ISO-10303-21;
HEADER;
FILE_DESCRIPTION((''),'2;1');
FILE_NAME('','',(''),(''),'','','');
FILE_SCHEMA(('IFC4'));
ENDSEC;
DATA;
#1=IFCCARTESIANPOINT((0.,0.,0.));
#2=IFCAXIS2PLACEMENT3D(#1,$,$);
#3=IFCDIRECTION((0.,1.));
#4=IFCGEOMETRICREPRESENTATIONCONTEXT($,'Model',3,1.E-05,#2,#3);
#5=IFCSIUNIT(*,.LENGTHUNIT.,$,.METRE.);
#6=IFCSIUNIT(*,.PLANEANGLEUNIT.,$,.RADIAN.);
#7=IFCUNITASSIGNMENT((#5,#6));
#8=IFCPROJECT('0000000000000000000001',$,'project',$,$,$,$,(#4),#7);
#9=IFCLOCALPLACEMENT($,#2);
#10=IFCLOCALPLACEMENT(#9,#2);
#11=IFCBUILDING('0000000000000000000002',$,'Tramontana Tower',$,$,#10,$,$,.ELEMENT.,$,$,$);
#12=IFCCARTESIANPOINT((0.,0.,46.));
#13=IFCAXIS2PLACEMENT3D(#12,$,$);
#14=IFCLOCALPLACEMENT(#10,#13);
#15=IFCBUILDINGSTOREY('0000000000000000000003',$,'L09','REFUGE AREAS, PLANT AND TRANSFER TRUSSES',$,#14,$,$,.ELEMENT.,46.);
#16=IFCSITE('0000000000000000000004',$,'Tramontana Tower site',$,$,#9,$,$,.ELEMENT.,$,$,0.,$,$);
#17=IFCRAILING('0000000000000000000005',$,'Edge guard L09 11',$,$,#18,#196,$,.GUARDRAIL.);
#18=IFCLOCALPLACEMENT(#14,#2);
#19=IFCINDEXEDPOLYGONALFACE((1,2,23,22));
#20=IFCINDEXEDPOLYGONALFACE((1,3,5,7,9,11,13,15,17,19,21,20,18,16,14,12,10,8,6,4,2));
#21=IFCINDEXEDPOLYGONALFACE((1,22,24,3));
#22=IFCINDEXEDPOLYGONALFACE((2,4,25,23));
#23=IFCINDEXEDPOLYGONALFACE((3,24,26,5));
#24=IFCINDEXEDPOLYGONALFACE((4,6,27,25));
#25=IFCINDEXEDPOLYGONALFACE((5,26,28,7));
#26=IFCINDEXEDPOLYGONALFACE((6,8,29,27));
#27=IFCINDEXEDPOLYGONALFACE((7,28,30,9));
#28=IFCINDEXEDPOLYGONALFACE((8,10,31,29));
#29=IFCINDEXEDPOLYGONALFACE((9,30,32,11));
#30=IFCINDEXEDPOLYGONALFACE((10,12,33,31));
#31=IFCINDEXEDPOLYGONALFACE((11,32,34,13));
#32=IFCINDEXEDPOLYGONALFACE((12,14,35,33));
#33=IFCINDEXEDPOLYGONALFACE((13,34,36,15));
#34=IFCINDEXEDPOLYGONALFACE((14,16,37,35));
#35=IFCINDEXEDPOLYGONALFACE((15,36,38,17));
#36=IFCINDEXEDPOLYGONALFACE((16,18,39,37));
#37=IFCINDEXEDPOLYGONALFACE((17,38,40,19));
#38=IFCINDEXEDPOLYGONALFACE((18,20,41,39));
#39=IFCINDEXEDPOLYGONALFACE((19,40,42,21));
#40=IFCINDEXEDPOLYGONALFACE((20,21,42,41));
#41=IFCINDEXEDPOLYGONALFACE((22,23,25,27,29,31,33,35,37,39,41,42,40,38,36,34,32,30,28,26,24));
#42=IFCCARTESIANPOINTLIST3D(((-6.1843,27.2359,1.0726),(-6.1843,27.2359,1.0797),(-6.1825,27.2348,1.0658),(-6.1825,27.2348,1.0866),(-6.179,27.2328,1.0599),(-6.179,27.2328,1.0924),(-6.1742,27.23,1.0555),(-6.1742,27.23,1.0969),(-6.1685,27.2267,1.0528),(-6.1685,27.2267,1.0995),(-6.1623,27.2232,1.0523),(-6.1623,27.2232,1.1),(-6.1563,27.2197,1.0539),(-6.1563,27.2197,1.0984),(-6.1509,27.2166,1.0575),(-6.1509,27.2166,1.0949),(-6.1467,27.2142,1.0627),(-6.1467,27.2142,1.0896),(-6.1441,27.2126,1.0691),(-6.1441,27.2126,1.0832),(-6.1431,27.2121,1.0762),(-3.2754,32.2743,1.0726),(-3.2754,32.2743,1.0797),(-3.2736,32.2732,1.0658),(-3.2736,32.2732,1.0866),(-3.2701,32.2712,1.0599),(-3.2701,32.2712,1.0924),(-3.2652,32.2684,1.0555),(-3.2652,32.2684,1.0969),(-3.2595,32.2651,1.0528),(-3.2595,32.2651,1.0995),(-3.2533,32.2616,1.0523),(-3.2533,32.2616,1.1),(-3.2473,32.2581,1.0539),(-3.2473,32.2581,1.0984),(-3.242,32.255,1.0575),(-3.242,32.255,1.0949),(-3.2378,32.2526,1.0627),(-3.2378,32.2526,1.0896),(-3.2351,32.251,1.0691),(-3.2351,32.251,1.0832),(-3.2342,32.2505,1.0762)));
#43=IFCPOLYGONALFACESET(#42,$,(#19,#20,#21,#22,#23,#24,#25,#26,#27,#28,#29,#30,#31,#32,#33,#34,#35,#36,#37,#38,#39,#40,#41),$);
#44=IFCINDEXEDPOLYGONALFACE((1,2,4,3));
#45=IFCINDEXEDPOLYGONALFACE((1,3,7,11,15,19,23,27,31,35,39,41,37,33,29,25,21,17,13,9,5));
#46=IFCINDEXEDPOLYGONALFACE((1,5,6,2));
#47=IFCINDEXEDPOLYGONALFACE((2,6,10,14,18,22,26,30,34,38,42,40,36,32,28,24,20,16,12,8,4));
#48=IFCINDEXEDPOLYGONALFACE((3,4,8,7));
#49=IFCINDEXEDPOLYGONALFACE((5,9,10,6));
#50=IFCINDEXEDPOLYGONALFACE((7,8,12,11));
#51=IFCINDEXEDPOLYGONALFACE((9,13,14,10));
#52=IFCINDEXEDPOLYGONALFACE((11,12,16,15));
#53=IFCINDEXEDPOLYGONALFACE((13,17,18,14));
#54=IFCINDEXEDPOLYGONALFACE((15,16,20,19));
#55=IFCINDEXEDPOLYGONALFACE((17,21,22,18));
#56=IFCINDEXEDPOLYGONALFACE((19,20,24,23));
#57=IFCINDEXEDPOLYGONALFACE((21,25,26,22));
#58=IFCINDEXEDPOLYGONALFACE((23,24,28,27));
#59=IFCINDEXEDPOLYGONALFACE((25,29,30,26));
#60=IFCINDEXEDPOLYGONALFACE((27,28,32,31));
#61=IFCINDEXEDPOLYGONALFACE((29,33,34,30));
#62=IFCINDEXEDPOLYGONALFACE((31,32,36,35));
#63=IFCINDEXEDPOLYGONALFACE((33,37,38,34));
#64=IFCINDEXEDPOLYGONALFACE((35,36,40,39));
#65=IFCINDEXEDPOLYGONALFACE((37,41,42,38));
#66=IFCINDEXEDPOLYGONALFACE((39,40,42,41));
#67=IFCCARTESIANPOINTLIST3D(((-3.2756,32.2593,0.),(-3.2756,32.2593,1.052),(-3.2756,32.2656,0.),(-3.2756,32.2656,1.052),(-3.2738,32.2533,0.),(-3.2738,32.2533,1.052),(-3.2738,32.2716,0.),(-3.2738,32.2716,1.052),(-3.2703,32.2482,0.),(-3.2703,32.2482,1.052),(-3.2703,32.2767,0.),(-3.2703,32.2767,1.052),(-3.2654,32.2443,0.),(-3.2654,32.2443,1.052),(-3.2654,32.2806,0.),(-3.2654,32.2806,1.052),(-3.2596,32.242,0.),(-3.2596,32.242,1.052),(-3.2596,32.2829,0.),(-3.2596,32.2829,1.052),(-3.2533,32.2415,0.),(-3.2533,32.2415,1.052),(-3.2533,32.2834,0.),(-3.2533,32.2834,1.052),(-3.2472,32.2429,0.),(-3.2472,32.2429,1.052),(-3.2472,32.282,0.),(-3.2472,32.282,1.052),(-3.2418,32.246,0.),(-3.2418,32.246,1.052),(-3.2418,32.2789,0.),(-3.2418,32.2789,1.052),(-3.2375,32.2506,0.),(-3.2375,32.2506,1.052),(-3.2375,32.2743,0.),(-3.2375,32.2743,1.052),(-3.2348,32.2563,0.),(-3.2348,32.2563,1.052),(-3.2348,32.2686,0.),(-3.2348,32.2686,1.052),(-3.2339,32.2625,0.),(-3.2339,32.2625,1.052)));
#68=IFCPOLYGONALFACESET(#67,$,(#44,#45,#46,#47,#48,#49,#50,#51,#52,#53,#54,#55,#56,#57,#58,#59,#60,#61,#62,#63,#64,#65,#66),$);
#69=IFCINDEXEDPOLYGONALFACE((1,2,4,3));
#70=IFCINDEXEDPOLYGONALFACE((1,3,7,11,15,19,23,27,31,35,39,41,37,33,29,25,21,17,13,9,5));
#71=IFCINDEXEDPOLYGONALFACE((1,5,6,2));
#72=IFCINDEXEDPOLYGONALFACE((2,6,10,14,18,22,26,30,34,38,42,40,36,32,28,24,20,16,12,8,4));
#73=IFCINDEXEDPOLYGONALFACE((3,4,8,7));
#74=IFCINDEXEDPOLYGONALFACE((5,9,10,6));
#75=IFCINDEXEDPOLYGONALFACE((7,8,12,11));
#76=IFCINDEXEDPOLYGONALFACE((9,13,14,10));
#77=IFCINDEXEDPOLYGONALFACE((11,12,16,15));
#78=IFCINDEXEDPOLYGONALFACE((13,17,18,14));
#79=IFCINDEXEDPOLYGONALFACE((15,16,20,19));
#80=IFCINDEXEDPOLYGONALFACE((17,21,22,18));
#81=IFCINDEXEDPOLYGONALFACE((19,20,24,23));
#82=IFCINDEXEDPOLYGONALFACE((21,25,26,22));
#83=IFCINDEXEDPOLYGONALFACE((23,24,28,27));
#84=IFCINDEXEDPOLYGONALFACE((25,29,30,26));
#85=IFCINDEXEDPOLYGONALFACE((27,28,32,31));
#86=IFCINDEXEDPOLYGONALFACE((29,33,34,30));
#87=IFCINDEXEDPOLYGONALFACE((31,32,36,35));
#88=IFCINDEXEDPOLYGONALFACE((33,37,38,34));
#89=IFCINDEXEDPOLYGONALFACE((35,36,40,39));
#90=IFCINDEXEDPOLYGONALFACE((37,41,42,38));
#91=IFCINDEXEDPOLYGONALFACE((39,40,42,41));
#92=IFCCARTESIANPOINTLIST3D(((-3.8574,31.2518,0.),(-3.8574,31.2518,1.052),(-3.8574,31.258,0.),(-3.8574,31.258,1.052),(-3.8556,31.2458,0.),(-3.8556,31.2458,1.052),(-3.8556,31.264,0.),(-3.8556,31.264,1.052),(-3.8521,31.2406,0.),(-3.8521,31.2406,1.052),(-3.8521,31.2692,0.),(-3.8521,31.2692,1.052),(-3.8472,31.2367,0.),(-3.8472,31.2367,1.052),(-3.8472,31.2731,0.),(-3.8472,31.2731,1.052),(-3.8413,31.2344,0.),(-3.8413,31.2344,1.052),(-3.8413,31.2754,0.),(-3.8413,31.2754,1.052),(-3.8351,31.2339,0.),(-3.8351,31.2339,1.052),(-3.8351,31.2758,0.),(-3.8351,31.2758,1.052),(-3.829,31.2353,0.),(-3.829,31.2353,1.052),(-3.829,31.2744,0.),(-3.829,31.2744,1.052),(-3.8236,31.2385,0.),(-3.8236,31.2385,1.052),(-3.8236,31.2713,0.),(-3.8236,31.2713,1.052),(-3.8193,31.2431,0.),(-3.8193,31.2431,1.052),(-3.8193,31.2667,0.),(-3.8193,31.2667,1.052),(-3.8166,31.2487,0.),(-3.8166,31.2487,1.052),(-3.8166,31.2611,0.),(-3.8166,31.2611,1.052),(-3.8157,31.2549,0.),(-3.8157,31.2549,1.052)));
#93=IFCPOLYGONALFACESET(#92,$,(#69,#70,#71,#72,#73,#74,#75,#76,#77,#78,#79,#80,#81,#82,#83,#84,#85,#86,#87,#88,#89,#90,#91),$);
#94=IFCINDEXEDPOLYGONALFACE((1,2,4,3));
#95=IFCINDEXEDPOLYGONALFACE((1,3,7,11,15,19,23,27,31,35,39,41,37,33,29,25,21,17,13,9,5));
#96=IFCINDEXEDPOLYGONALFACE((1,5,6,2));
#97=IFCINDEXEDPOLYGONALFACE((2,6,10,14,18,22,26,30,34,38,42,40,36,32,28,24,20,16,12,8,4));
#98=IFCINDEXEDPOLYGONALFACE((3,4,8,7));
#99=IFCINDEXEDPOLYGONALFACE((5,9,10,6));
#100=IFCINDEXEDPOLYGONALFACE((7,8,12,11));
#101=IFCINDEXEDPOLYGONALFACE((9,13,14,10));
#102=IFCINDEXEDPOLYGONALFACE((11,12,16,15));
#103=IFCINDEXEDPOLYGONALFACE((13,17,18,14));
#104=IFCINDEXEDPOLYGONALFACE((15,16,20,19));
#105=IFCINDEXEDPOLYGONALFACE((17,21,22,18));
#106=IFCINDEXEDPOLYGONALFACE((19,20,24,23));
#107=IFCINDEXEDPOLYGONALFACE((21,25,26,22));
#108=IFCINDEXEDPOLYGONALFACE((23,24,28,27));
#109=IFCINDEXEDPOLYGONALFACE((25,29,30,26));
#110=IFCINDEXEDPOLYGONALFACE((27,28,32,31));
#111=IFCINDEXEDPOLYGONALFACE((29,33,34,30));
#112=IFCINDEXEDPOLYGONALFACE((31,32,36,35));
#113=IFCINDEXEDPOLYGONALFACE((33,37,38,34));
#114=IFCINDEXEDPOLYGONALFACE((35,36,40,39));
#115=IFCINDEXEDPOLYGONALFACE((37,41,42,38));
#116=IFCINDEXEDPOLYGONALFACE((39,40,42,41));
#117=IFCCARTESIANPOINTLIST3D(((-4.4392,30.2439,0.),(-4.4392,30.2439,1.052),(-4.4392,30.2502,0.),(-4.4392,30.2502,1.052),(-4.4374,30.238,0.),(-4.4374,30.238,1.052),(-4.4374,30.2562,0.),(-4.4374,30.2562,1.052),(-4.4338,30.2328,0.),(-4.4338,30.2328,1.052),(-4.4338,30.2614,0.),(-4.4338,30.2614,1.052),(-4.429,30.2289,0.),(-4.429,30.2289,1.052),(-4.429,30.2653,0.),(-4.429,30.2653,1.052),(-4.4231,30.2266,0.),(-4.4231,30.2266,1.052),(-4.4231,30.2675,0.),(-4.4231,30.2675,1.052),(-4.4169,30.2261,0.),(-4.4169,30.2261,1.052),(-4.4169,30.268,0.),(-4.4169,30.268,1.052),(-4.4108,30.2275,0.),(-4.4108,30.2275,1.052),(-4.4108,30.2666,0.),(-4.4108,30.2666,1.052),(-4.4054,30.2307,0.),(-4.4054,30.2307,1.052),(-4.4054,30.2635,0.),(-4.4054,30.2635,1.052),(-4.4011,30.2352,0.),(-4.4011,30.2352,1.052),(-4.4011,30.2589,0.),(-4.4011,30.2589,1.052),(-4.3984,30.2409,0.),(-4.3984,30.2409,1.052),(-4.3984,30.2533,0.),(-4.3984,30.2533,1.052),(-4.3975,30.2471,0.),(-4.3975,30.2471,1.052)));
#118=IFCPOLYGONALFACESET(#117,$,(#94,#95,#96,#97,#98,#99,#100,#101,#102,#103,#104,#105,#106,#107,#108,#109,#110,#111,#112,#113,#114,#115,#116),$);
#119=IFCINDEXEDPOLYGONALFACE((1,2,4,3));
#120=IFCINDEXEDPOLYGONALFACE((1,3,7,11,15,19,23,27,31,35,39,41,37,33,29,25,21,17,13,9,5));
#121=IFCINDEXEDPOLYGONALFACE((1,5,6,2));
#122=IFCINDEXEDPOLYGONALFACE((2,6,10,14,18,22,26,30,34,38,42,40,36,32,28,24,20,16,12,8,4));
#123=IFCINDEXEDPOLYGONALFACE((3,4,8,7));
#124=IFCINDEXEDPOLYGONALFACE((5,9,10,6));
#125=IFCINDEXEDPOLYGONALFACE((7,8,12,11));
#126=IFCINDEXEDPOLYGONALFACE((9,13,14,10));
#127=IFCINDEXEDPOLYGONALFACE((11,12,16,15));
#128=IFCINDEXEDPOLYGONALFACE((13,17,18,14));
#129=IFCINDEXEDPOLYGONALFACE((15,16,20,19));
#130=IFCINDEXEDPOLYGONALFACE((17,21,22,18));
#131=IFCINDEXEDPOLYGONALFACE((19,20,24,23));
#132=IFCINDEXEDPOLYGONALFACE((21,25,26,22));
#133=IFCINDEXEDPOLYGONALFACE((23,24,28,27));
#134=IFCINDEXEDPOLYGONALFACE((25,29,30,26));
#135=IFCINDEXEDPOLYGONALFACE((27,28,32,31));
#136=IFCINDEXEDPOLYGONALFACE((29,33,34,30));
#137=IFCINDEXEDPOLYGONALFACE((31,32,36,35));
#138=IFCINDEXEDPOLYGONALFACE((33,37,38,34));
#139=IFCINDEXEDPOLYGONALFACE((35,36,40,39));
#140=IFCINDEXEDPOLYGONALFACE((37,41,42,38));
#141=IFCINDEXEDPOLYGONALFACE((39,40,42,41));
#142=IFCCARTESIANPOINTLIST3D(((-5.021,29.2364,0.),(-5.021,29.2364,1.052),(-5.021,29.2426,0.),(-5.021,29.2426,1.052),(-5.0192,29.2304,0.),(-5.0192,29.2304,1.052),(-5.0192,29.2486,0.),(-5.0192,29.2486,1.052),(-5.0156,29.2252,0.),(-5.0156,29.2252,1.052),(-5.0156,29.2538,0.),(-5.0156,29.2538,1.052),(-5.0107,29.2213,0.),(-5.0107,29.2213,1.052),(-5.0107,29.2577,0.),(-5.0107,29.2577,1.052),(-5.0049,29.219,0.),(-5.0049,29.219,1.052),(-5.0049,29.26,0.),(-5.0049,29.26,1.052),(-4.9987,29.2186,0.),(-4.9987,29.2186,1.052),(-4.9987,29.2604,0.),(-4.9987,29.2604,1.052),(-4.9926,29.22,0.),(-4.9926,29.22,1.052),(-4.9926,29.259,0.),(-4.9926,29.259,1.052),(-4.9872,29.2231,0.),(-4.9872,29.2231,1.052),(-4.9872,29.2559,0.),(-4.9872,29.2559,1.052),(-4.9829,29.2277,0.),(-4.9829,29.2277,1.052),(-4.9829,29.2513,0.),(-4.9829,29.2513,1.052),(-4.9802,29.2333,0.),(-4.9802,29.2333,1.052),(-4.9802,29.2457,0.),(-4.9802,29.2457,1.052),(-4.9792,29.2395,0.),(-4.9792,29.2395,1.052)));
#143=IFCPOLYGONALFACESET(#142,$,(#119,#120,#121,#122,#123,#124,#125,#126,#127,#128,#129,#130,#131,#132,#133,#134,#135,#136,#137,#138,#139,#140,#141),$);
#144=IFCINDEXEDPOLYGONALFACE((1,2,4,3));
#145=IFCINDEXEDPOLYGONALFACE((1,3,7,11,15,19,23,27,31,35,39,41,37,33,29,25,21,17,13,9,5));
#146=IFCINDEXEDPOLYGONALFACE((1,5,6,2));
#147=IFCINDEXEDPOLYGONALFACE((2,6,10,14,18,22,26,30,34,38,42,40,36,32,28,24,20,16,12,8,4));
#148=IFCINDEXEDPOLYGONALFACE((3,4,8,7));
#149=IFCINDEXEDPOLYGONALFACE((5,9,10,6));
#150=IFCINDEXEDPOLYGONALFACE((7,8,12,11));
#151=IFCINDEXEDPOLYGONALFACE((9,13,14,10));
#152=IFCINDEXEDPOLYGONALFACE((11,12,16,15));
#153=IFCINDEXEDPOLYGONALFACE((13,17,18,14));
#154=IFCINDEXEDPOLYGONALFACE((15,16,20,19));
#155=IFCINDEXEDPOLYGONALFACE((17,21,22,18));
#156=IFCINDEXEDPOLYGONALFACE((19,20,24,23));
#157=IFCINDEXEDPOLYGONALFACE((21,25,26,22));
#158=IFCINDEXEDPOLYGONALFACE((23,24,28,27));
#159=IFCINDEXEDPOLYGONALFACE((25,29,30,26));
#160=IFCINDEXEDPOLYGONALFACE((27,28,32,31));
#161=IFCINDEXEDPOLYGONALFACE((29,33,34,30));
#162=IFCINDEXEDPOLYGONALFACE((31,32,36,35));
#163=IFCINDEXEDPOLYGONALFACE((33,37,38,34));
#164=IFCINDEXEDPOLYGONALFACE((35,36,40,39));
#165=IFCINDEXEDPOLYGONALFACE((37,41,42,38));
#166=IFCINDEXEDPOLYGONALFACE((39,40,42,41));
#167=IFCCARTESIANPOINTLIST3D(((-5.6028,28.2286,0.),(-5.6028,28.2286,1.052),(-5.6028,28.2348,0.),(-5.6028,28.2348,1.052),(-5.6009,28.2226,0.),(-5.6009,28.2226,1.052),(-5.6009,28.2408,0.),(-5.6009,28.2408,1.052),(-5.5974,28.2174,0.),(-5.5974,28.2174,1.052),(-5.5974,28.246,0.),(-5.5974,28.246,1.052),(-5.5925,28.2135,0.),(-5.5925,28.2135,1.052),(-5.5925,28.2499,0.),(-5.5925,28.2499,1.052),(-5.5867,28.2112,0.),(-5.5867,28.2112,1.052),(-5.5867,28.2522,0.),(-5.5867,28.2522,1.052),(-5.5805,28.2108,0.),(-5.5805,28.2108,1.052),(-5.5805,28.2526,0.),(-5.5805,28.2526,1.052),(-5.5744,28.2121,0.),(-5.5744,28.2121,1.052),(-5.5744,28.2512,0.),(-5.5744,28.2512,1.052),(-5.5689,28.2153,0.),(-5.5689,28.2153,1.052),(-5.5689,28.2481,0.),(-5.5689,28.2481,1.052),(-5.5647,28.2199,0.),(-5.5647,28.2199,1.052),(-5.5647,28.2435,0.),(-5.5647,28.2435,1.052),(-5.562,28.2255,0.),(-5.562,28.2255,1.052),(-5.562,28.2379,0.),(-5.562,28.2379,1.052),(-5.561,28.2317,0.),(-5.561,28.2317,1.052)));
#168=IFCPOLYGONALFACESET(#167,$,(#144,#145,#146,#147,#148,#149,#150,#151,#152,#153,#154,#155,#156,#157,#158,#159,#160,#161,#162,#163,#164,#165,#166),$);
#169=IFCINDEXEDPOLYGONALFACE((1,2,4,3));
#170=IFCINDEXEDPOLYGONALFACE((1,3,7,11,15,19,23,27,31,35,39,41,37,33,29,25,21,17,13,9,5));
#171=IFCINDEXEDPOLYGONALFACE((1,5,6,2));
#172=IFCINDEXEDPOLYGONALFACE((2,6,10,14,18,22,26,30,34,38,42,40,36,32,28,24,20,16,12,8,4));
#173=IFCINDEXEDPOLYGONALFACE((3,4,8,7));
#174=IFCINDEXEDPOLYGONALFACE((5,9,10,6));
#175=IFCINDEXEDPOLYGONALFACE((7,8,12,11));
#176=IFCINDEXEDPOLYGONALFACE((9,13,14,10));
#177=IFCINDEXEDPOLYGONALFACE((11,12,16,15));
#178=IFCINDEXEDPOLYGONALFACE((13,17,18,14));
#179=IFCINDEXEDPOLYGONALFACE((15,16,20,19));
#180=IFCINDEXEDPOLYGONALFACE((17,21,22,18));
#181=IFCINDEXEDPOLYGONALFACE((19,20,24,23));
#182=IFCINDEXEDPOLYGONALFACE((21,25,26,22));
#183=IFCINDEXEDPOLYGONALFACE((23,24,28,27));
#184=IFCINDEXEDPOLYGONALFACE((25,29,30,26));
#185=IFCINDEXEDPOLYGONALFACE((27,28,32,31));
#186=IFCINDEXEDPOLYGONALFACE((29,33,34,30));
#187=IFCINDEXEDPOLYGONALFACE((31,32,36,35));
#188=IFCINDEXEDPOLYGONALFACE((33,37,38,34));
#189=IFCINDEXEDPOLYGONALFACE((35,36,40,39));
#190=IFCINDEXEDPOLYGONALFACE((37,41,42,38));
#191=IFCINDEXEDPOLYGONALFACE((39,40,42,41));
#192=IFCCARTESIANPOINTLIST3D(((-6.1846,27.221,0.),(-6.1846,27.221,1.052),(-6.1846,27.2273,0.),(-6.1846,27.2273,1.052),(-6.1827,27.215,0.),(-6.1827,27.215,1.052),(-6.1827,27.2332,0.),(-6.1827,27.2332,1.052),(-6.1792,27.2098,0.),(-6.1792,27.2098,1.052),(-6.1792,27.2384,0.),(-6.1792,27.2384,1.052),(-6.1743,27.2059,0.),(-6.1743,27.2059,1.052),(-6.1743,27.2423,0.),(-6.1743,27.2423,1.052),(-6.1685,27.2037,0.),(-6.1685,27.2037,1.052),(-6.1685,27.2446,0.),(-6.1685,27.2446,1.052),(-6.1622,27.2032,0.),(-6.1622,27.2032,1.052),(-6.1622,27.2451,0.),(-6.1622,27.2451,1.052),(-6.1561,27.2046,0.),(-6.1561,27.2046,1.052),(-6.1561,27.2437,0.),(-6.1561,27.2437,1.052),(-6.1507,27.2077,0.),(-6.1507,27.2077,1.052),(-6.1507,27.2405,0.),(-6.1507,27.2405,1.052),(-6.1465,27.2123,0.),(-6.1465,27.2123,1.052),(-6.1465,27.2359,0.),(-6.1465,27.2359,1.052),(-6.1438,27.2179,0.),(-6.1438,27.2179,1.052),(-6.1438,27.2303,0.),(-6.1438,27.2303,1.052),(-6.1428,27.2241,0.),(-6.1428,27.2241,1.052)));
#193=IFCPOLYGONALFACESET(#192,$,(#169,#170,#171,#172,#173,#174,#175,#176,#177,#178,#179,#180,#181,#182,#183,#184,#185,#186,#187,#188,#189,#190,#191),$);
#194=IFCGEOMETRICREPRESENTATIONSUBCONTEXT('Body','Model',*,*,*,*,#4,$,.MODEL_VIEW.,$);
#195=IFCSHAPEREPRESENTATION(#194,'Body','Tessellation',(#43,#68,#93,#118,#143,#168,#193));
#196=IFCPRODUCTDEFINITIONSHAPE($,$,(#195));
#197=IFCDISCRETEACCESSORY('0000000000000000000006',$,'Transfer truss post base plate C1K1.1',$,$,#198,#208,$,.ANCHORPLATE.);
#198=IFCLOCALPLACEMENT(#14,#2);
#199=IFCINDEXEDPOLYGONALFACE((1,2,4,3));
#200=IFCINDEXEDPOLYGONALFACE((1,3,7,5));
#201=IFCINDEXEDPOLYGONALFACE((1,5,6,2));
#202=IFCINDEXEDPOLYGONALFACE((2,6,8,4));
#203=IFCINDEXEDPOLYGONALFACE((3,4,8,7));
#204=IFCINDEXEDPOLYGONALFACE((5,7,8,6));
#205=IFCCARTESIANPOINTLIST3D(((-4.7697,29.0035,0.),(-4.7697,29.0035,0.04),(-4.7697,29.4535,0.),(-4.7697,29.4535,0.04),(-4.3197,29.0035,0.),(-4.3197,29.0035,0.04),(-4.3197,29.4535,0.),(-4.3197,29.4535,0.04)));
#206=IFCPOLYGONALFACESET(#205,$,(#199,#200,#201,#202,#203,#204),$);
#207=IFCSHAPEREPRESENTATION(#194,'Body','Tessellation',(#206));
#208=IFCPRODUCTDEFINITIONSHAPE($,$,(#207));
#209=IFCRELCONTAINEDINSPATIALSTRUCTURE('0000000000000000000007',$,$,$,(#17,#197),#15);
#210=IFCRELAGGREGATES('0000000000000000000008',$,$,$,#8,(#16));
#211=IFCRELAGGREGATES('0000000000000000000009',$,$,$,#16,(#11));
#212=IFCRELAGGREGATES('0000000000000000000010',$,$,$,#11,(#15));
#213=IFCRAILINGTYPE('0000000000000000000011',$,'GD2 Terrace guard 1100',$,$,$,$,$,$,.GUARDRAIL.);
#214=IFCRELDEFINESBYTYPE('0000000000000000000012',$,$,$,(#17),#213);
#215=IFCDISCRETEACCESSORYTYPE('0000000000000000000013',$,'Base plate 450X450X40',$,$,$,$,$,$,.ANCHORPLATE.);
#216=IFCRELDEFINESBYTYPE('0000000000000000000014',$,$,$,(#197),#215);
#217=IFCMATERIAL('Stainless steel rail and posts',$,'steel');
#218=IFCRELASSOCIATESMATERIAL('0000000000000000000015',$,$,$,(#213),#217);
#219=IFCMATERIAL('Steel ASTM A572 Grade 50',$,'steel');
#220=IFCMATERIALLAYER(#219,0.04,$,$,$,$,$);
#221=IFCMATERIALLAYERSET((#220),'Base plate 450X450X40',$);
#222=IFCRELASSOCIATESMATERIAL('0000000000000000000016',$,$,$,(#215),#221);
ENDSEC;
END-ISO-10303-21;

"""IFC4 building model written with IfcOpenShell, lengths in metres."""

from ifc_helpers import new_model, si_unit, direction, frame, origin, origin_2d, place, context, subcontext, project, spatial, rectangle, circle, extrude, material, layer, layer_set, type_object, element, save


model = new_model("IFC4")

# Units and contexts
model_context = context("Model", 3, precision=1e-05, world=origin(), true_north=direction((0.0, 1.0)))
body_context = subcontext(model_context, "Body", "Model", "MODEL_VIEW")
ifc_project = project(units=[si_unit("LENGTHUNIT", "METRE"), si_unit("PLANEANGLEUNIT", "RADIAN")], contexts=[model_context])

# Site, building, storey
site_placement = place(None, origin())
site = spatial("IfcSite", under=ifc_project, at=site_placement, Name="Tramontana Tower site", CompositionType="ELEMENT", RefElevation=0.0)
building_placement = place(site_placement, origin())
building = spatial("IfcBuilding", under=site, at=building_placement, Name="Tramontana Tower", CompositionType="ELEMENT")
storey_placement = place(building_placement, frame((0.0, 0.0, 46.0)))
storey = spatial("IfcBuildingStorey", under=building, at=storey_placement, Name="L09", Description="REFUGE AREAS, PLANT AND TRANSFER TRUSSES", CompositionType="ELEMENT", Elevation=46.0)

# Railing
ifc_material_1 = material(Name="Stainless steel rail and posts", Category="steel")
railing_type = type_object("IfcRailingType", Name="GD2 Terrace guard 1100", PredefinedType="GUARDRAIL", material=ifc_material_1)
railing_1_placement = place(storey_placement, frame((-3.2549, 32.2625, 0.0)))
element("IfcRailing", 1, at=railing_1_placement, inside=storey, type_object=railing_type, Name="Edge guard L09 11", PredefinedType="GUARDRAIL", context=body_context, shape_type="SweptSolid", body=[
    extrude(circle(Radius=0.0239, at=origin_2d()), frame((0.0, 0.0, 1.0762), z_axis=(-0.500007, -0.866021, 0.0), x_axis=(0.866021, -0.500007, 0.0)), (0.0, 0.0, 1.0), 5.8179),
    extrude(circle(Radius=0.021, at=origin_2d()), origin(), (0.0, 0.0, 1.0), 1.052),
    extrude(circle(Radius=0.021, at=origin_2d()), frame((-0.5818, -1.0076, 0.0)), (0.0, 0.0, 1.0), 1.052),
    extrude(circle(Radius=0.021, at=origin_2d()), frame((-1.1636, -2.0154, 0.0)), (0.0, 0.0, 1.0), 1.052),
    extrude(circle(Radius=0.021, at=origin_2d()), frame((-1.7454, -3.0229, 0.0)), (0.0, 0.0, 1.0), 1.052),
    extrude(circle(Radius=0.021, at=origin_2d()), frame((-2.3271, -4.0308, 0.0)), (0.0, 0.0, 1.0), 1.052),
    extrude(circle(Radius=0.021, at=origin_2d()), frame((-2.9089, -5.0383, 0.0)), (0.0, 0.0, 1.0), 1.052),
])

# Discrete accessory
ifc_material_2 = material(Name="Steel ASTM A572 Grade 50", Category="steel")
ifc_layer = layer(ifc_material_2, 0.04)
ifc_layer_set = layer_set([ifc_layer], Name="Base plate 450X450X40")
discrete_accessory_type = type_object("IfcDiscreteAccessoryType", Name="Base plate 450X450X40", PredefinedType="ANCHORPLATE", material=ifc_layer_set)
discrete_accessory_placement = place(storey_placement, frame((-4.5447, 29.2285, 0.0), z_axis=(0.0, 0.0, 1.0), x_axis=(1.0, 0.0, 0.0)))
element("IfcDiscreteAccessory", 2, at=discrete_accessory_placement, inside=storey, type_object=discrete_accessory_type, Name="Transfer truss post base plate C1K1.1", PredefinedType="ANCHORPLATE", context=body_context, shape_type="SweptSolid", body=[
    extrude(rectangle(XDim=0.45, YDim=0.45, at=origin_2d()), origin(), (0.0, 0.0, 1.0), 0.04),
])

save(model, "model.ifc")
